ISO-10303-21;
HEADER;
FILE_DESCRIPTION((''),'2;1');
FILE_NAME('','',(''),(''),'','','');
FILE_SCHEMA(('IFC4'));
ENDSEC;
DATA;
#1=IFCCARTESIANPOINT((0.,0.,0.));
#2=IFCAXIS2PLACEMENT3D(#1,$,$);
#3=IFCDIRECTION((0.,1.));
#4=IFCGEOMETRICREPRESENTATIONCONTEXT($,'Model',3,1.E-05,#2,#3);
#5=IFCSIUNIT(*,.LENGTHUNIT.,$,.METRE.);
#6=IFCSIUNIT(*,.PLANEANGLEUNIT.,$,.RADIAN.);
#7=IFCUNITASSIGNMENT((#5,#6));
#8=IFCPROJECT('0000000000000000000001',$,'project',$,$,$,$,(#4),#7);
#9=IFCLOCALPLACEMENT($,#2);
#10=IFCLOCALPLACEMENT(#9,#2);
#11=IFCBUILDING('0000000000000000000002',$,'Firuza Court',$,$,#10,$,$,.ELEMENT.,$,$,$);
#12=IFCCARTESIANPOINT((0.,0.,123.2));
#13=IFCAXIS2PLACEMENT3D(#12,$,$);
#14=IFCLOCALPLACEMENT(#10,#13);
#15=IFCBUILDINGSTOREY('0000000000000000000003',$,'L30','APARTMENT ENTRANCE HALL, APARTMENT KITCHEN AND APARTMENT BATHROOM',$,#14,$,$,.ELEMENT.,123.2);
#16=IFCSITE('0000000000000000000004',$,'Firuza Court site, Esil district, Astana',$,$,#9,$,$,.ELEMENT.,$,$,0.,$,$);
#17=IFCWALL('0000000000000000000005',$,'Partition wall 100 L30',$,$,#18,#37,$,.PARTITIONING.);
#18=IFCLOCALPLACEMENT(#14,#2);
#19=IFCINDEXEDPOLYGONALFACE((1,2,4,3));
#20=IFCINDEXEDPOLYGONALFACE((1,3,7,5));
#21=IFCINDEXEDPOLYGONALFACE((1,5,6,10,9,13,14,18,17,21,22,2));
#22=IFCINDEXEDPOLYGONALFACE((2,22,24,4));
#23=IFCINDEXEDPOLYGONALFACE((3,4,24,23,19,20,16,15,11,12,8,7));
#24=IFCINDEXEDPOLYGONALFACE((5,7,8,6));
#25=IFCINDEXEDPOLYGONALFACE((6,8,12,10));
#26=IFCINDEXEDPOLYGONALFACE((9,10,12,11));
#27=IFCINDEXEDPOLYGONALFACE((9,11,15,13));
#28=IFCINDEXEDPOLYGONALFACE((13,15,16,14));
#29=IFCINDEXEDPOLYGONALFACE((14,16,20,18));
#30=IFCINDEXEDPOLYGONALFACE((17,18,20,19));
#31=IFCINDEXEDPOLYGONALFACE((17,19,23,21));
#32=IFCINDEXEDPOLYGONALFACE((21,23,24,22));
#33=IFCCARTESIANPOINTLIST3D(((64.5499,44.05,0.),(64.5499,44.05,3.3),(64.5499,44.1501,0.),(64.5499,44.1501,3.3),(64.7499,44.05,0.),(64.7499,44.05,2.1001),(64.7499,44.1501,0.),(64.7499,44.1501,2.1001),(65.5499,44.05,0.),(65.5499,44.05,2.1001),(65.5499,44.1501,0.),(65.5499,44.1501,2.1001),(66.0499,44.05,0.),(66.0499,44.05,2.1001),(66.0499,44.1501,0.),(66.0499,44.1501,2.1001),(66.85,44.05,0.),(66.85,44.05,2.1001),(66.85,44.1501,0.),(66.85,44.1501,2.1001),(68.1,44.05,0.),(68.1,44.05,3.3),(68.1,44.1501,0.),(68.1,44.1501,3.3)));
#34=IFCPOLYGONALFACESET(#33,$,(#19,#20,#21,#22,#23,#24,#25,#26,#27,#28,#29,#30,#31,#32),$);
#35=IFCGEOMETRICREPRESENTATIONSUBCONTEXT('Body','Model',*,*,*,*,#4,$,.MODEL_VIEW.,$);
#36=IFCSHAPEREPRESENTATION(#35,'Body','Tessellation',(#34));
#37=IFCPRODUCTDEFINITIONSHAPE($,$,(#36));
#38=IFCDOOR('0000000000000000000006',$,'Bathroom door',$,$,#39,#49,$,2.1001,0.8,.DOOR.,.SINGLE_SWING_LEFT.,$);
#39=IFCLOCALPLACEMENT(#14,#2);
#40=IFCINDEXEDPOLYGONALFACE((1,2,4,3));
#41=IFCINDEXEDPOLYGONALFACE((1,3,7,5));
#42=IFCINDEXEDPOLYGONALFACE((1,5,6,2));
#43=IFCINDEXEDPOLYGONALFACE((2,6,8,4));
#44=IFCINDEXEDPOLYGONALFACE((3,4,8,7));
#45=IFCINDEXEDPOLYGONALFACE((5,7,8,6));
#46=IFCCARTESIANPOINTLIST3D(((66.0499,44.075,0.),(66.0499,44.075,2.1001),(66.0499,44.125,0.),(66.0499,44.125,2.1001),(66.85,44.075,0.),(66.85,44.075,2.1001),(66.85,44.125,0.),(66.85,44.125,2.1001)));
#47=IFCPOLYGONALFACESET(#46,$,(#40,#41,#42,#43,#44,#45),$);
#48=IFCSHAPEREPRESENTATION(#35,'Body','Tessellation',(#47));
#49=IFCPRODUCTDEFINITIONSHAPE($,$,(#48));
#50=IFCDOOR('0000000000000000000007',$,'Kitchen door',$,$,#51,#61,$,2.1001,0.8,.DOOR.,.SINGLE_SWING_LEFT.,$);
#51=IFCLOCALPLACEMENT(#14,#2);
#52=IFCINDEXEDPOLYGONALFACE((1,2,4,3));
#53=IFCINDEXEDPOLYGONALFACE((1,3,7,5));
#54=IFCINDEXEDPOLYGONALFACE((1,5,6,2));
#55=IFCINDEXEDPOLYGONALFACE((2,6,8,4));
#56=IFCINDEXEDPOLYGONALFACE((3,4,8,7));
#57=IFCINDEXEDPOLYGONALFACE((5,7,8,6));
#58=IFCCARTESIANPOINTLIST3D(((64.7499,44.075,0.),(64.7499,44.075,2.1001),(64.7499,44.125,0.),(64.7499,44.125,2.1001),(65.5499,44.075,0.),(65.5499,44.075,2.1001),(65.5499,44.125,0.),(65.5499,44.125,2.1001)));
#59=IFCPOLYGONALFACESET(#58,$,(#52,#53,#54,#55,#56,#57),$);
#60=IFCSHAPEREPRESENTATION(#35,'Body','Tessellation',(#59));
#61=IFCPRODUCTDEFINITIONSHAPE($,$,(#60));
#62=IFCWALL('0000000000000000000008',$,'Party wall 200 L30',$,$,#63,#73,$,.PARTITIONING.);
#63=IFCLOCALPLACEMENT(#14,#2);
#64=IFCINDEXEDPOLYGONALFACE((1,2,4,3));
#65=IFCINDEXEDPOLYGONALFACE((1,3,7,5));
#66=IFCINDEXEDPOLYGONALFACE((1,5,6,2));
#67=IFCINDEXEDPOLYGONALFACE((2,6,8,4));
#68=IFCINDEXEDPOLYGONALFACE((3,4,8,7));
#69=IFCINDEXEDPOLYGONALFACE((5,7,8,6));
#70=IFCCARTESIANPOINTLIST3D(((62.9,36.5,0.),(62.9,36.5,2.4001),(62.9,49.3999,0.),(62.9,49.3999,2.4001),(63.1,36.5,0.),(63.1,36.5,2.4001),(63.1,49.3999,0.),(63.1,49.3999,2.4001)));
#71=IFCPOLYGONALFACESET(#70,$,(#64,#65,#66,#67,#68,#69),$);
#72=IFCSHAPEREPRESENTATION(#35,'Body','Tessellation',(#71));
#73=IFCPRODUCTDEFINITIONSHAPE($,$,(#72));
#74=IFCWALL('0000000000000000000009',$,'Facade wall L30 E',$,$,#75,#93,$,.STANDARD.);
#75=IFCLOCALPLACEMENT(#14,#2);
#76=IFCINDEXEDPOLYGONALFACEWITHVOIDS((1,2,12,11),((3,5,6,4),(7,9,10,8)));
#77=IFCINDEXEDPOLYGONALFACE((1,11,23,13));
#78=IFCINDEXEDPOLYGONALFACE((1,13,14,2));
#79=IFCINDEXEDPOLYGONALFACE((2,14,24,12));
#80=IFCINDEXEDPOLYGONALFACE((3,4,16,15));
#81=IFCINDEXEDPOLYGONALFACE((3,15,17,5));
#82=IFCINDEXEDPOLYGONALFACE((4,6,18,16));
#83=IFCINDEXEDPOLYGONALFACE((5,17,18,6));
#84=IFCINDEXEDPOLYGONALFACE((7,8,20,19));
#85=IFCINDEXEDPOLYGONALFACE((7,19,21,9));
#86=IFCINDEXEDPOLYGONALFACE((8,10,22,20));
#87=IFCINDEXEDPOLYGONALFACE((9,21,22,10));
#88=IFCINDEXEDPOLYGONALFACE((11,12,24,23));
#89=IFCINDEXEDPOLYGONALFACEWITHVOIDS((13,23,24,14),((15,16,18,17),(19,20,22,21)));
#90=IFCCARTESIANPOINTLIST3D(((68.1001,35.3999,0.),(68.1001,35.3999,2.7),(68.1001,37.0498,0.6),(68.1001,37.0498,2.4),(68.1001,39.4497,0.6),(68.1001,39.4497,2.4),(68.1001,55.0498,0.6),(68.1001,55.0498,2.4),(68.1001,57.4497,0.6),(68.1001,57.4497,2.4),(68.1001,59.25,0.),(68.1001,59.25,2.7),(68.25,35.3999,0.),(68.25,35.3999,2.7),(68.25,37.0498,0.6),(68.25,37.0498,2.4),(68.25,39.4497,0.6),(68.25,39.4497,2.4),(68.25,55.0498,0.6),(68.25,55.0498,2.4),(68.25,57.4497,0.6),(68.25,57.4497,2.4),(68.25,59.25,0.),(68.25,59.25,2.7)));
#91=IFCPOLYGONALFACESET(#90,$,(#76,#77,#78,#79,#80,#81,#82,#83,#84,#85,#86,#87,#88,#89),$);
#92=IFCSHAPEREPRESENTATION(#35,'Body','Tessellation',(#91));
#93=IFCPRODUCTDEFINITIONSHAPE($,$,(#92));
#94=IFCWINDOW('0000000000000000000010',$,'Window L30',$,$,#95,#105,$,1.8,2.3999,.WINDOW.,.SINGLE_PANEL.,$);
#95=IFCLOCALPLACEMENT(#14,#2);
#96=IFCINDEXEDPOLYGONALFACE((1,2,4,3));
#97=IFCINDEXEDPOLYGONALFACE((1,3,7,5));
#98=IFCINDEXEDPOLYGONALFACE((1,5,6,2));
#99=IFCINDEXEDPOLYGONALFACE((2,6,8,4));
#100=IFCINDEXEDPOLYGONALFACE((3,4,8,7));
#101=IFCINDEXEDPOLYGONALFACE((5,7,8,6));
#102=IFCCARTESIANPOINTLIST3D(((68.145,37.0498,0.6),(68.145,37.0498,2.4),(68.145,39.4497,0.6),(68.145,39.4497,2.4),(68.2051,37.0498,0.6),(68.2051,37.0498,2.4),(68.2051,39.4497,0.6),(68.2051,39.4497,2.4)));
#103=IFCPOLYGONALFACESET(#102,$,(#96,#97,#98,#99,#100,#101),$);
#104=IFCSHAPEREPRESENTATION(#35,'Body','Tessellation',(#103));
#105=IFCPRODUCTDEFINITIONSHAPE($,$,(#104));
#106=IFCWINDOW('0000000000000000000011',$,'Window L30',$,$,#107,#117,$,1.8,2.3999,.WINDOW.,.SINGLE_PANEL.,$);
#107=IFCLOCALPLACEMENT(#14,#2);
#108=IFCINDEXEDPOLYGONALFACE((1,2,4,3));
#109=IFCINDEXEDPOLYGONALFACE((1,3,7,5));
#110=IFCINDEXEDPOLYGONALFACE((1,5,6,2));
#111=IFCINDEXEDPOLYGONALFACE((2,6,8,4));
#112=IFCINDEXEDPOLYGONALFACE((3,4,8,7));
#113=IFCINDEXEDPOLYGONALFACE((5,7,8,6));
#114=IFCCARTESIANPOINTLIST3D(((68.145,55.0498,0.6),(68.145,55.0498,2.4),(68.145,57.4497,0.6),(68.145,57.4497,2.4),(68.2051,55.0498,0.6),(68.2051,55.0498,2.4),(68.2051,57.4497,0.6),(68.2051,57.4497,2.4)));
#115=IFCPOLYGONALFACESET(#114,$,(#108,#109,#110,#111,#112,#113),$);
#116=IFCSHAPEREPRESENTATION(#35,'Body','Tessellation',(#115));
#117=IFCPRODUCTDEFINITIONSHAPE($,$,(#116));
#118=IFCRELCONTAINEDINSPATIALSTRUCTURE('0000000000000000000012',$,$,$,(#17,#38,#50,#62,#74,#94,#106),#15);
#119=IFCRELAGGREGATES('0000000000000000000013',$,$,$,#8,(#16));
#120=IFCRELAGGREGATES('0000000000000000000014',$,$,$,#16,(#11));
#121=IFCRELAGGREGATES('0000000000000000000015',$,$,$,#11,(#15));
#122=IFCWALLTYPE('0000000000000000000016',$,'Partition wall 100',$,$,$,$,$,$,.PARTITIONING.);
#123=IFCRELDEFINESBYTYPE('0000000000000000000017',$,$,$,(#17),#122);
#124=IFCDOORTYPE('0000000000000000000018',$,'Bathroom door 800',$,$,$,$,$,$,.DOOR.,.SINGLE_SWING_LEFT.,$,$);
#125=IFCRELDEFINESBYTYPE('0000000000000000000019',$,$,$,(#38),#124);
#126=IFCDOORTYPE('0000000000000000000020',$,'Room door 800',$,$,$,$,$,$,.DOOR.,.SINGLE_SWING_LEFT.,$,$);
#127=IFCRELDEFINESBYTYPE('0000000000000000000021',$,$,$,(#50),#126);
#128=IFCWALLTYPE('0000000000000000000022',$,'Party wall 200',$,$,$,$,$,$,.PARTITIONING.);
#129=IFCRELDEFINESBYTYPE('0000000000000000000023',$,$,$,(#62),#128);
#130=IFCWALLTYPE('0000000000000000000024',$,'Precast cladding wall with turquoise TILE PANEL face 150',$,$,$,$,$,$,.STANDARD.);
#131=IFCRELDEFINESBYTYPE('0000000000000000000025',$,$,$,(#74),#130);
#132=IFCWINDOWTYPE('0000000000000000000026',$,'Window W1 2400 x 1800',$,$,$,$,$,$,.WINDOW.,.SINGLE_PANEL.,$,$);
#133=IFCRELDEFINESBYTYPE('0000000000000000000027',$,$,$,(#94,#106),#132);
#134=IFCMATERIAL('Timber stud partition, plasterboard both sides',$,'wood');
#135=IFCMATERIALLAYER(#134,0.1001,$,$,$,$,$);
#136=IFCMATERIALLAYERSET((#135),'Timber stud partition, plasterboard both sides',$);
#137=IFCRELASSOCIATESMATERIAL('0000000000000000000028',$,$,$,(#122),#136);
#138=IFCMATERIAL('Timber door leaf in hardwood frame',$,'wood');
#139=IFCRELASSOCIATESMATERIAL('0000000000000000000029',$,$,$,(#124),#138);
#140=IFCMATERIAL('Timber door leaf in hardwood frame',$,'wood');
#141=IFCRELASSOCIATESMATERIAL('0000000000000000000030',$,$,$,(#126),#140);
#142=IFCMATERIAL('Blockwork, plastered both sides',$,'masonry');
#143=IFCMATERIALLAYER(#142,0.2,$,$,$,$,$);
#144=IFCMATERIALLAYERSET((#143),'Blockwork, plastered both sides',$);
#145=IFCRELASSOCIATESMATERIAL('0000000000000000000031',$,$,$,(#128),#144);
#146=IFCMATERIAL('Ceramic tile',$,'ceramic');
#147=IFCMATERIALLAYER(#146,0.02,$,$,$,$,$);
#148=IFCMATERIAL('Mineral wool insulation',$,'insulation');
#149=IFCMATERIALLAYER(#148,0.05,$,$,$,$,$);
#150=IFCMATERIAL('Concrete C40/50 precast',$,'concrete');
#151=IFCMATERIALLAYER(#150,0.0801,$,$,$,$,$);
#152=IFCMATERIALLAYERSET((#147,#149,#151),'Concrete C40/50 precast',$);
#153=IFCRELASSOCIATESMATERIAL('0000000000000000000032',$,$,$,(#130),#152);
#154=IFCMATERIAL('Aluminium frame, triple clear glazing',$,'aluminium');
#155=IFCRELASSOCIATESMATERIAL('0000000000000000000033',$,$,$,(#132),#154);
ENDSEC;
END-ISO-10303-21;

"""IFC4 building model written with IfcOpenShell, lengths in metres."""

from ifc_helpers import new_model, si_unit, direction, frame, frame_2d, origin, place, context, subcontext, project, spatial, rectangle, extrude, material, layer, layer_set, type_object, element, fill, save


model = new_model("IFC4")

# Units and contexts
model_context = context("Model", 3, precision=1e-05, world=origin(), true_north=direction((0.0, 1.0)))
body_context = subcontext(model_context, "Body", "Model", "MODEL_VIEW")
ifc_project = project(units=[si_unit("LENGTHUNIT", "METRE"), si_unit("PLANEANGLEUNIT", "RADIAN")], contexts=[model_context])

# Site, building, storey
site_placement = place(None, origin())
site = spatial("IfcSite", under=ifc_project, at=site_placement, Name="Firuza Court site, Esil district, Astana", CompositionType="ELEMENT", RefElevation=0.0)
building_placement = place(site_placement, origin())
building = spatial("IfcBuilding", under=site, at=building_placement, Name="Firuza Court", CompositionType="ELEMENT")
storey_placement = place(building_placement, frame((0.0, 0.0, 123.2)))
storey = spatial("IfcBuildingStorey", under=building, at=storey_placement, Name="L30", Description="APARTMENT ENTRANCE HALL, APARTMENT KITCHEN AND APARTMENT BATHROOM", CompositionType="ELEMENT", Elevation=123.2)

# Shared definitions
ifc_material_1 = material(Name="Timber stud partition, plasterboard both sides", Category="wood")
ifc_layer_1 = layer(ifc_material_1, 0.1001)
ifc_layer_set_1 = layer_set([ifc_layer_1], Name="Timber stud partition, plasterboard both sides")
wall_type_1 = type_object("IfcWallType", Name="Partition wall 100", PredefinedType="PARTITIONING", material=ifc_layer_set_1)

# Wall, openings, doors
wall_1_placement = place(storey_placement, frame((64.55, 44.1001, 0.0), z_axis=(0.0, 0.0, 1.0), x_axis=(1.0, 0.0, 0.0)))
wall_1 = element("IfcWall", 1, at=wall_1_placement, inside=storey, type_object=wall_type_1, Name="Partition wall 100 L30", PredefinedType="PARTITIONING", context=body_context, shape_type="SweptSolid", body=[
    extrude(rectangle(XDim=3.55, YDim=0.1001, at=frame_2d((1.7749, 0.0))), origin(), (0.0, 0.0, 1.0), 3.3),
])
opening_1_placement = place(wall_1_placement, frame((1.5, 0.0, 0.0)))
opening_1 = element("IfcOpeningElement", 2, at=opening_1_placement, cuts=wall_1, PredefinedType="OPENING", context=body_context, shape_type="SweptSolid", body=[
    extrude(rectangle(XDim=0.8, YDim=2.1001, at=frame_2d((0.3999, 1.05))), frame((0.0, 0.062, 0.0), z_axis=(0.0, -1.0, 0.0), x_axis=(1.0, 0.0, 0.0)), (0.0, 0.0, 1.0), 0.124),
])
opening_2_placement = place(wall_1_placement, frame((0.2, 0.0, 0.0)))
opening_2 = element("IfcOpeningElement", 3, at=opening_2_placement, cuts=wall_1, PredefinedType="OPENING", context=body_context, shape_type="SweptSolid", body=[
    extrude(rectangle(XDim=0.8, YDim=2.1001, at=frame_2d((0.3999, 1.05))), frame((0.0, 0.062, 0.0), z_axis=(0.0, -1.0, 0.0), x_axis=(1.0, 0.0, 0.0)), (0.0, 0.0, 1.0), 0.124),
])
ifc_material_2 = material(Name="Timber door leaf in hardwood frame", Category="wood")
door_type_1 = type_object("IfcDoorType", Name="Bathroom door 800", OperationType="SINGLE_SWING_LEFT", PredefinedType="DOOR", material=ifc_material_2)
door_1_placement = place(opening_1_placement, origin())
door_1 = element("IfcDoor", 4, at=door_1_placement, inside=storey, type_object=door_type_1, Name="Bathroom door", OperationType="SINGLE_SWING_LEFT", OverallHeight=2.1001, OverallWidth=0.8, PredefinedType="DOOR", context=body_context, shape_type="SweptSolid", body=[
    extrude(rectangle(XDim=0.8, YDim=2.1001, at=frame_2d((0.3999, 1.05))), frame((0.0, 0.0249, 0.0), z_axis=(0.0, -1.0, 0.0), x_axis=(1.0, 0.0, 0.0)), (0.0, 0.0, 1.0), 0.05),
])
fill(opening_1, door_1)
ifc_material_3 = material(Name="Timber door leaf in hardwood frame", Category="wood")
door_type_2 = type_object("IfcDoorType", Name="Room door 800", OperationType="SINGLE_SWING_LEFT", PredefinedType="DOOR", material=ifc_material_3)
door_2_placement = place(opening_2_placement, origin())
door_2 = element("IfcDoor", 5, at=door_2_placement, inside=storey, type_object=door_type_2, Name="Kitchen door", OperationType="SINGLE_SWING_LEFT", OverallHeight=2.1001, OverallWidth=0.8, PredefinedType="DOOR", context=body_context, shape_type="SweptSolid", body=[
    extrude(rectangle(XDim=0.8, YDim=2.1001, at=frame_2d((0.3999, 1.05))), frame((0.0, 0.0249, 0.0), z_axis=(0.0, -1.0, 0.0), x_axis=(1.0, 0.0, 0.0)), (0.0, 0.0, 1.0), 0.05),
])
fill(opening_2, door_2)

# Wall
ifc_material_4 = material(Name="Blockwork, plastered both sides", Category="masonry")
ifc_layer_2 = layer(ifc_material_4, 0.2)
ifc_layer_set_2 = layer_set([ifc_layer_2], Name="Blockwork, plastered both sides")
wall_type_2 = type_object("IfcWallType", Name="Party wall 200", PredefinedType="PARTITIONING", material=ifc_layer_set_2)
wall_2_placement = place(storey_placement, frame((63.0, 36.5, 0.0), z_axis=(0.0, 0.0, 1.0), x_axis=(0.0, 1.0, 0.0)))
element("IfcWall", 6, at=wall_2_placement, inside=storey, type_object=wall_type_2, Name="Party wall 200 L30", PredefinedType="PARTITIONING", context=body_context, shape_type="SweptSolid", body=[
    extrude(rectangle(XDim=12.8999, YDim=0.2, at=frame_2d((6.45, 0.0))), origin(), (0.0, 0.0, 1.0), 2.4001),
])

# Wall, openings, windows
ifc_material_5 = material(Name="Ceramic tile", Category="ceramic")
ifc_layer_3 = layer(ifc_material_5, 0.02)
ifc_material_6 = material(Name="Mineral wool insulation", Category="insulation")
ifc_layer_4 = layer(ifc_material_6, 0.05)
ifc_material_7 = material(Name="Concrete C40/50 precast", Category="concrete")
ifc_layer_5 = layer(ifc_material_7, 0.0801)
ifc_layer_set_3 = layer_set([ifc_layer_3, ifc_layer_4, ifc_layer_5], Name="Concrete C40/50 precast")
wall_type_3 = type_object("IfcWallType", Name="Precast cladding wall with turquoise TILE PANEL face 150", PredefinedType="STANDARD", material=ifc_layer_set_3)
wall_3_placement = place(storey_placement, frame((68.175, 35.3999, 0.0), z_axis=(0.0, 0.0, 1.0), x_axis=(0.0, 1.0, 0.0)))
wall_3 = element("IfcWall", 7, at=wall_3_placement, inside=storey, type_object=wall_type_3, Name="Facade wall L30 E", PredefinedType="STANDARD", context=body_context, shape_type="SweptSolid", body=[
    extrude(rectangle(XDim=23.8501, YDim=0.1499, at=frame_2d((11.925, 0.0))), origin(), (0.0, 0.0, 1.0), 2.7),
])
opening_3_placement = place(wall_3_placement, frame((1.6499, 0.0, 0.6001)))
opening_3 = element("IfcOpeningElement", 8, at=opening_3_placement, cuts=wall_3, PredefinedType="OPENING", context=body_context, shape_type="SweptSolid", body=[
    extrude(rectangle(XDim=2.3999, YDim=1.8, at=frame_2d((1.2, 0.8999))), frame((0.0, 0.0869, 0.0), z_axis=(0.0, -1.0, 0.0), x_axis=(1.0, 0.0, 0.0)), (0.0, 0.0, 1.0), 0.1738),
])
opening_4_placement = place(wall_3_placement, frame((19.6499, 0.0, 0.6001)))
opening_4 = element("IfcOpeningElement", 9, at=opening_4_placement, cuts=wall_3, PredefinedType="OPENING", context=body_context, shape_type="SweptSolid", body=[
    extrude(rectangle(XDim=2.3999, YDim=1.8, at=frame_2d((1.2, 0.8999))), frame((0.0, 0.0869, 0.0), z_axis=(0.0, -1.0, 0.0), x_axis=(1.0, 0.0, 0.0)), (0.0, 0.0, 1.0), 0.1738),
])
ifc_material_8 = material(Name="Aluminium frame, triple clear glazing", Category="aluminium")
window_type = type_object("IfcWindowType", Name="Window W1 2400 x 1800", PartitioningType="SINGLE_PANEL", PredefinedType="WINDOW", material=ifc_material_8)
window_1_placement = place(opening_3_placement, origin())
window_1 = element("IfcWindow", 10, at=window_1_placement, inside=storey, type_object=window_type, Name="Window L30", OverallHeight=1.8, OverallWidth=2.3999, PartitioningType="SINGLE_PANEL", PredefinedType="WINDOW", context=body_context, shape_type="SweptSolid", body=[
    extrude(rectangle(XDim=2.3999, YDim=1.8, at=frame_2d((1.2, 0.8999))), frame((0.0, 0.03, 0.0), z_axis=(0.0, -1.0, 0.0), x_axis=(1.0, 0.0, 0.0)), (0.0, 0.0, 1.0), 0.0601),
])
fill(opening_3, window_1)
window_2_placement = place(opening_4_placement, origin())
window_2 = element("IfcWindow", 11, at=window_2_placement, inside=storey, type_object=window_type, Name="Window L30", OverallHeight=1.8, OverallWidth=2.3999, PartitioningType="SINGLE_PANEL", PredefinedType="WINDOW", context=body_context, shape_type="SweptSolid", body=[
    extrude(rectangle(XDim=2.3999, YDim=1.8, at=frame_2d((1.2, 0.8999))), frame((0.0, 0.03, 0.0), z_axis=(0.0, -1.0, 0.0), x_axis=(1.0, 0.0, 0.0)), (0.0, 0.0, 1.0), 0.0601),
])
fill(opening_4, window_2)

save(model, "model.ifc")
